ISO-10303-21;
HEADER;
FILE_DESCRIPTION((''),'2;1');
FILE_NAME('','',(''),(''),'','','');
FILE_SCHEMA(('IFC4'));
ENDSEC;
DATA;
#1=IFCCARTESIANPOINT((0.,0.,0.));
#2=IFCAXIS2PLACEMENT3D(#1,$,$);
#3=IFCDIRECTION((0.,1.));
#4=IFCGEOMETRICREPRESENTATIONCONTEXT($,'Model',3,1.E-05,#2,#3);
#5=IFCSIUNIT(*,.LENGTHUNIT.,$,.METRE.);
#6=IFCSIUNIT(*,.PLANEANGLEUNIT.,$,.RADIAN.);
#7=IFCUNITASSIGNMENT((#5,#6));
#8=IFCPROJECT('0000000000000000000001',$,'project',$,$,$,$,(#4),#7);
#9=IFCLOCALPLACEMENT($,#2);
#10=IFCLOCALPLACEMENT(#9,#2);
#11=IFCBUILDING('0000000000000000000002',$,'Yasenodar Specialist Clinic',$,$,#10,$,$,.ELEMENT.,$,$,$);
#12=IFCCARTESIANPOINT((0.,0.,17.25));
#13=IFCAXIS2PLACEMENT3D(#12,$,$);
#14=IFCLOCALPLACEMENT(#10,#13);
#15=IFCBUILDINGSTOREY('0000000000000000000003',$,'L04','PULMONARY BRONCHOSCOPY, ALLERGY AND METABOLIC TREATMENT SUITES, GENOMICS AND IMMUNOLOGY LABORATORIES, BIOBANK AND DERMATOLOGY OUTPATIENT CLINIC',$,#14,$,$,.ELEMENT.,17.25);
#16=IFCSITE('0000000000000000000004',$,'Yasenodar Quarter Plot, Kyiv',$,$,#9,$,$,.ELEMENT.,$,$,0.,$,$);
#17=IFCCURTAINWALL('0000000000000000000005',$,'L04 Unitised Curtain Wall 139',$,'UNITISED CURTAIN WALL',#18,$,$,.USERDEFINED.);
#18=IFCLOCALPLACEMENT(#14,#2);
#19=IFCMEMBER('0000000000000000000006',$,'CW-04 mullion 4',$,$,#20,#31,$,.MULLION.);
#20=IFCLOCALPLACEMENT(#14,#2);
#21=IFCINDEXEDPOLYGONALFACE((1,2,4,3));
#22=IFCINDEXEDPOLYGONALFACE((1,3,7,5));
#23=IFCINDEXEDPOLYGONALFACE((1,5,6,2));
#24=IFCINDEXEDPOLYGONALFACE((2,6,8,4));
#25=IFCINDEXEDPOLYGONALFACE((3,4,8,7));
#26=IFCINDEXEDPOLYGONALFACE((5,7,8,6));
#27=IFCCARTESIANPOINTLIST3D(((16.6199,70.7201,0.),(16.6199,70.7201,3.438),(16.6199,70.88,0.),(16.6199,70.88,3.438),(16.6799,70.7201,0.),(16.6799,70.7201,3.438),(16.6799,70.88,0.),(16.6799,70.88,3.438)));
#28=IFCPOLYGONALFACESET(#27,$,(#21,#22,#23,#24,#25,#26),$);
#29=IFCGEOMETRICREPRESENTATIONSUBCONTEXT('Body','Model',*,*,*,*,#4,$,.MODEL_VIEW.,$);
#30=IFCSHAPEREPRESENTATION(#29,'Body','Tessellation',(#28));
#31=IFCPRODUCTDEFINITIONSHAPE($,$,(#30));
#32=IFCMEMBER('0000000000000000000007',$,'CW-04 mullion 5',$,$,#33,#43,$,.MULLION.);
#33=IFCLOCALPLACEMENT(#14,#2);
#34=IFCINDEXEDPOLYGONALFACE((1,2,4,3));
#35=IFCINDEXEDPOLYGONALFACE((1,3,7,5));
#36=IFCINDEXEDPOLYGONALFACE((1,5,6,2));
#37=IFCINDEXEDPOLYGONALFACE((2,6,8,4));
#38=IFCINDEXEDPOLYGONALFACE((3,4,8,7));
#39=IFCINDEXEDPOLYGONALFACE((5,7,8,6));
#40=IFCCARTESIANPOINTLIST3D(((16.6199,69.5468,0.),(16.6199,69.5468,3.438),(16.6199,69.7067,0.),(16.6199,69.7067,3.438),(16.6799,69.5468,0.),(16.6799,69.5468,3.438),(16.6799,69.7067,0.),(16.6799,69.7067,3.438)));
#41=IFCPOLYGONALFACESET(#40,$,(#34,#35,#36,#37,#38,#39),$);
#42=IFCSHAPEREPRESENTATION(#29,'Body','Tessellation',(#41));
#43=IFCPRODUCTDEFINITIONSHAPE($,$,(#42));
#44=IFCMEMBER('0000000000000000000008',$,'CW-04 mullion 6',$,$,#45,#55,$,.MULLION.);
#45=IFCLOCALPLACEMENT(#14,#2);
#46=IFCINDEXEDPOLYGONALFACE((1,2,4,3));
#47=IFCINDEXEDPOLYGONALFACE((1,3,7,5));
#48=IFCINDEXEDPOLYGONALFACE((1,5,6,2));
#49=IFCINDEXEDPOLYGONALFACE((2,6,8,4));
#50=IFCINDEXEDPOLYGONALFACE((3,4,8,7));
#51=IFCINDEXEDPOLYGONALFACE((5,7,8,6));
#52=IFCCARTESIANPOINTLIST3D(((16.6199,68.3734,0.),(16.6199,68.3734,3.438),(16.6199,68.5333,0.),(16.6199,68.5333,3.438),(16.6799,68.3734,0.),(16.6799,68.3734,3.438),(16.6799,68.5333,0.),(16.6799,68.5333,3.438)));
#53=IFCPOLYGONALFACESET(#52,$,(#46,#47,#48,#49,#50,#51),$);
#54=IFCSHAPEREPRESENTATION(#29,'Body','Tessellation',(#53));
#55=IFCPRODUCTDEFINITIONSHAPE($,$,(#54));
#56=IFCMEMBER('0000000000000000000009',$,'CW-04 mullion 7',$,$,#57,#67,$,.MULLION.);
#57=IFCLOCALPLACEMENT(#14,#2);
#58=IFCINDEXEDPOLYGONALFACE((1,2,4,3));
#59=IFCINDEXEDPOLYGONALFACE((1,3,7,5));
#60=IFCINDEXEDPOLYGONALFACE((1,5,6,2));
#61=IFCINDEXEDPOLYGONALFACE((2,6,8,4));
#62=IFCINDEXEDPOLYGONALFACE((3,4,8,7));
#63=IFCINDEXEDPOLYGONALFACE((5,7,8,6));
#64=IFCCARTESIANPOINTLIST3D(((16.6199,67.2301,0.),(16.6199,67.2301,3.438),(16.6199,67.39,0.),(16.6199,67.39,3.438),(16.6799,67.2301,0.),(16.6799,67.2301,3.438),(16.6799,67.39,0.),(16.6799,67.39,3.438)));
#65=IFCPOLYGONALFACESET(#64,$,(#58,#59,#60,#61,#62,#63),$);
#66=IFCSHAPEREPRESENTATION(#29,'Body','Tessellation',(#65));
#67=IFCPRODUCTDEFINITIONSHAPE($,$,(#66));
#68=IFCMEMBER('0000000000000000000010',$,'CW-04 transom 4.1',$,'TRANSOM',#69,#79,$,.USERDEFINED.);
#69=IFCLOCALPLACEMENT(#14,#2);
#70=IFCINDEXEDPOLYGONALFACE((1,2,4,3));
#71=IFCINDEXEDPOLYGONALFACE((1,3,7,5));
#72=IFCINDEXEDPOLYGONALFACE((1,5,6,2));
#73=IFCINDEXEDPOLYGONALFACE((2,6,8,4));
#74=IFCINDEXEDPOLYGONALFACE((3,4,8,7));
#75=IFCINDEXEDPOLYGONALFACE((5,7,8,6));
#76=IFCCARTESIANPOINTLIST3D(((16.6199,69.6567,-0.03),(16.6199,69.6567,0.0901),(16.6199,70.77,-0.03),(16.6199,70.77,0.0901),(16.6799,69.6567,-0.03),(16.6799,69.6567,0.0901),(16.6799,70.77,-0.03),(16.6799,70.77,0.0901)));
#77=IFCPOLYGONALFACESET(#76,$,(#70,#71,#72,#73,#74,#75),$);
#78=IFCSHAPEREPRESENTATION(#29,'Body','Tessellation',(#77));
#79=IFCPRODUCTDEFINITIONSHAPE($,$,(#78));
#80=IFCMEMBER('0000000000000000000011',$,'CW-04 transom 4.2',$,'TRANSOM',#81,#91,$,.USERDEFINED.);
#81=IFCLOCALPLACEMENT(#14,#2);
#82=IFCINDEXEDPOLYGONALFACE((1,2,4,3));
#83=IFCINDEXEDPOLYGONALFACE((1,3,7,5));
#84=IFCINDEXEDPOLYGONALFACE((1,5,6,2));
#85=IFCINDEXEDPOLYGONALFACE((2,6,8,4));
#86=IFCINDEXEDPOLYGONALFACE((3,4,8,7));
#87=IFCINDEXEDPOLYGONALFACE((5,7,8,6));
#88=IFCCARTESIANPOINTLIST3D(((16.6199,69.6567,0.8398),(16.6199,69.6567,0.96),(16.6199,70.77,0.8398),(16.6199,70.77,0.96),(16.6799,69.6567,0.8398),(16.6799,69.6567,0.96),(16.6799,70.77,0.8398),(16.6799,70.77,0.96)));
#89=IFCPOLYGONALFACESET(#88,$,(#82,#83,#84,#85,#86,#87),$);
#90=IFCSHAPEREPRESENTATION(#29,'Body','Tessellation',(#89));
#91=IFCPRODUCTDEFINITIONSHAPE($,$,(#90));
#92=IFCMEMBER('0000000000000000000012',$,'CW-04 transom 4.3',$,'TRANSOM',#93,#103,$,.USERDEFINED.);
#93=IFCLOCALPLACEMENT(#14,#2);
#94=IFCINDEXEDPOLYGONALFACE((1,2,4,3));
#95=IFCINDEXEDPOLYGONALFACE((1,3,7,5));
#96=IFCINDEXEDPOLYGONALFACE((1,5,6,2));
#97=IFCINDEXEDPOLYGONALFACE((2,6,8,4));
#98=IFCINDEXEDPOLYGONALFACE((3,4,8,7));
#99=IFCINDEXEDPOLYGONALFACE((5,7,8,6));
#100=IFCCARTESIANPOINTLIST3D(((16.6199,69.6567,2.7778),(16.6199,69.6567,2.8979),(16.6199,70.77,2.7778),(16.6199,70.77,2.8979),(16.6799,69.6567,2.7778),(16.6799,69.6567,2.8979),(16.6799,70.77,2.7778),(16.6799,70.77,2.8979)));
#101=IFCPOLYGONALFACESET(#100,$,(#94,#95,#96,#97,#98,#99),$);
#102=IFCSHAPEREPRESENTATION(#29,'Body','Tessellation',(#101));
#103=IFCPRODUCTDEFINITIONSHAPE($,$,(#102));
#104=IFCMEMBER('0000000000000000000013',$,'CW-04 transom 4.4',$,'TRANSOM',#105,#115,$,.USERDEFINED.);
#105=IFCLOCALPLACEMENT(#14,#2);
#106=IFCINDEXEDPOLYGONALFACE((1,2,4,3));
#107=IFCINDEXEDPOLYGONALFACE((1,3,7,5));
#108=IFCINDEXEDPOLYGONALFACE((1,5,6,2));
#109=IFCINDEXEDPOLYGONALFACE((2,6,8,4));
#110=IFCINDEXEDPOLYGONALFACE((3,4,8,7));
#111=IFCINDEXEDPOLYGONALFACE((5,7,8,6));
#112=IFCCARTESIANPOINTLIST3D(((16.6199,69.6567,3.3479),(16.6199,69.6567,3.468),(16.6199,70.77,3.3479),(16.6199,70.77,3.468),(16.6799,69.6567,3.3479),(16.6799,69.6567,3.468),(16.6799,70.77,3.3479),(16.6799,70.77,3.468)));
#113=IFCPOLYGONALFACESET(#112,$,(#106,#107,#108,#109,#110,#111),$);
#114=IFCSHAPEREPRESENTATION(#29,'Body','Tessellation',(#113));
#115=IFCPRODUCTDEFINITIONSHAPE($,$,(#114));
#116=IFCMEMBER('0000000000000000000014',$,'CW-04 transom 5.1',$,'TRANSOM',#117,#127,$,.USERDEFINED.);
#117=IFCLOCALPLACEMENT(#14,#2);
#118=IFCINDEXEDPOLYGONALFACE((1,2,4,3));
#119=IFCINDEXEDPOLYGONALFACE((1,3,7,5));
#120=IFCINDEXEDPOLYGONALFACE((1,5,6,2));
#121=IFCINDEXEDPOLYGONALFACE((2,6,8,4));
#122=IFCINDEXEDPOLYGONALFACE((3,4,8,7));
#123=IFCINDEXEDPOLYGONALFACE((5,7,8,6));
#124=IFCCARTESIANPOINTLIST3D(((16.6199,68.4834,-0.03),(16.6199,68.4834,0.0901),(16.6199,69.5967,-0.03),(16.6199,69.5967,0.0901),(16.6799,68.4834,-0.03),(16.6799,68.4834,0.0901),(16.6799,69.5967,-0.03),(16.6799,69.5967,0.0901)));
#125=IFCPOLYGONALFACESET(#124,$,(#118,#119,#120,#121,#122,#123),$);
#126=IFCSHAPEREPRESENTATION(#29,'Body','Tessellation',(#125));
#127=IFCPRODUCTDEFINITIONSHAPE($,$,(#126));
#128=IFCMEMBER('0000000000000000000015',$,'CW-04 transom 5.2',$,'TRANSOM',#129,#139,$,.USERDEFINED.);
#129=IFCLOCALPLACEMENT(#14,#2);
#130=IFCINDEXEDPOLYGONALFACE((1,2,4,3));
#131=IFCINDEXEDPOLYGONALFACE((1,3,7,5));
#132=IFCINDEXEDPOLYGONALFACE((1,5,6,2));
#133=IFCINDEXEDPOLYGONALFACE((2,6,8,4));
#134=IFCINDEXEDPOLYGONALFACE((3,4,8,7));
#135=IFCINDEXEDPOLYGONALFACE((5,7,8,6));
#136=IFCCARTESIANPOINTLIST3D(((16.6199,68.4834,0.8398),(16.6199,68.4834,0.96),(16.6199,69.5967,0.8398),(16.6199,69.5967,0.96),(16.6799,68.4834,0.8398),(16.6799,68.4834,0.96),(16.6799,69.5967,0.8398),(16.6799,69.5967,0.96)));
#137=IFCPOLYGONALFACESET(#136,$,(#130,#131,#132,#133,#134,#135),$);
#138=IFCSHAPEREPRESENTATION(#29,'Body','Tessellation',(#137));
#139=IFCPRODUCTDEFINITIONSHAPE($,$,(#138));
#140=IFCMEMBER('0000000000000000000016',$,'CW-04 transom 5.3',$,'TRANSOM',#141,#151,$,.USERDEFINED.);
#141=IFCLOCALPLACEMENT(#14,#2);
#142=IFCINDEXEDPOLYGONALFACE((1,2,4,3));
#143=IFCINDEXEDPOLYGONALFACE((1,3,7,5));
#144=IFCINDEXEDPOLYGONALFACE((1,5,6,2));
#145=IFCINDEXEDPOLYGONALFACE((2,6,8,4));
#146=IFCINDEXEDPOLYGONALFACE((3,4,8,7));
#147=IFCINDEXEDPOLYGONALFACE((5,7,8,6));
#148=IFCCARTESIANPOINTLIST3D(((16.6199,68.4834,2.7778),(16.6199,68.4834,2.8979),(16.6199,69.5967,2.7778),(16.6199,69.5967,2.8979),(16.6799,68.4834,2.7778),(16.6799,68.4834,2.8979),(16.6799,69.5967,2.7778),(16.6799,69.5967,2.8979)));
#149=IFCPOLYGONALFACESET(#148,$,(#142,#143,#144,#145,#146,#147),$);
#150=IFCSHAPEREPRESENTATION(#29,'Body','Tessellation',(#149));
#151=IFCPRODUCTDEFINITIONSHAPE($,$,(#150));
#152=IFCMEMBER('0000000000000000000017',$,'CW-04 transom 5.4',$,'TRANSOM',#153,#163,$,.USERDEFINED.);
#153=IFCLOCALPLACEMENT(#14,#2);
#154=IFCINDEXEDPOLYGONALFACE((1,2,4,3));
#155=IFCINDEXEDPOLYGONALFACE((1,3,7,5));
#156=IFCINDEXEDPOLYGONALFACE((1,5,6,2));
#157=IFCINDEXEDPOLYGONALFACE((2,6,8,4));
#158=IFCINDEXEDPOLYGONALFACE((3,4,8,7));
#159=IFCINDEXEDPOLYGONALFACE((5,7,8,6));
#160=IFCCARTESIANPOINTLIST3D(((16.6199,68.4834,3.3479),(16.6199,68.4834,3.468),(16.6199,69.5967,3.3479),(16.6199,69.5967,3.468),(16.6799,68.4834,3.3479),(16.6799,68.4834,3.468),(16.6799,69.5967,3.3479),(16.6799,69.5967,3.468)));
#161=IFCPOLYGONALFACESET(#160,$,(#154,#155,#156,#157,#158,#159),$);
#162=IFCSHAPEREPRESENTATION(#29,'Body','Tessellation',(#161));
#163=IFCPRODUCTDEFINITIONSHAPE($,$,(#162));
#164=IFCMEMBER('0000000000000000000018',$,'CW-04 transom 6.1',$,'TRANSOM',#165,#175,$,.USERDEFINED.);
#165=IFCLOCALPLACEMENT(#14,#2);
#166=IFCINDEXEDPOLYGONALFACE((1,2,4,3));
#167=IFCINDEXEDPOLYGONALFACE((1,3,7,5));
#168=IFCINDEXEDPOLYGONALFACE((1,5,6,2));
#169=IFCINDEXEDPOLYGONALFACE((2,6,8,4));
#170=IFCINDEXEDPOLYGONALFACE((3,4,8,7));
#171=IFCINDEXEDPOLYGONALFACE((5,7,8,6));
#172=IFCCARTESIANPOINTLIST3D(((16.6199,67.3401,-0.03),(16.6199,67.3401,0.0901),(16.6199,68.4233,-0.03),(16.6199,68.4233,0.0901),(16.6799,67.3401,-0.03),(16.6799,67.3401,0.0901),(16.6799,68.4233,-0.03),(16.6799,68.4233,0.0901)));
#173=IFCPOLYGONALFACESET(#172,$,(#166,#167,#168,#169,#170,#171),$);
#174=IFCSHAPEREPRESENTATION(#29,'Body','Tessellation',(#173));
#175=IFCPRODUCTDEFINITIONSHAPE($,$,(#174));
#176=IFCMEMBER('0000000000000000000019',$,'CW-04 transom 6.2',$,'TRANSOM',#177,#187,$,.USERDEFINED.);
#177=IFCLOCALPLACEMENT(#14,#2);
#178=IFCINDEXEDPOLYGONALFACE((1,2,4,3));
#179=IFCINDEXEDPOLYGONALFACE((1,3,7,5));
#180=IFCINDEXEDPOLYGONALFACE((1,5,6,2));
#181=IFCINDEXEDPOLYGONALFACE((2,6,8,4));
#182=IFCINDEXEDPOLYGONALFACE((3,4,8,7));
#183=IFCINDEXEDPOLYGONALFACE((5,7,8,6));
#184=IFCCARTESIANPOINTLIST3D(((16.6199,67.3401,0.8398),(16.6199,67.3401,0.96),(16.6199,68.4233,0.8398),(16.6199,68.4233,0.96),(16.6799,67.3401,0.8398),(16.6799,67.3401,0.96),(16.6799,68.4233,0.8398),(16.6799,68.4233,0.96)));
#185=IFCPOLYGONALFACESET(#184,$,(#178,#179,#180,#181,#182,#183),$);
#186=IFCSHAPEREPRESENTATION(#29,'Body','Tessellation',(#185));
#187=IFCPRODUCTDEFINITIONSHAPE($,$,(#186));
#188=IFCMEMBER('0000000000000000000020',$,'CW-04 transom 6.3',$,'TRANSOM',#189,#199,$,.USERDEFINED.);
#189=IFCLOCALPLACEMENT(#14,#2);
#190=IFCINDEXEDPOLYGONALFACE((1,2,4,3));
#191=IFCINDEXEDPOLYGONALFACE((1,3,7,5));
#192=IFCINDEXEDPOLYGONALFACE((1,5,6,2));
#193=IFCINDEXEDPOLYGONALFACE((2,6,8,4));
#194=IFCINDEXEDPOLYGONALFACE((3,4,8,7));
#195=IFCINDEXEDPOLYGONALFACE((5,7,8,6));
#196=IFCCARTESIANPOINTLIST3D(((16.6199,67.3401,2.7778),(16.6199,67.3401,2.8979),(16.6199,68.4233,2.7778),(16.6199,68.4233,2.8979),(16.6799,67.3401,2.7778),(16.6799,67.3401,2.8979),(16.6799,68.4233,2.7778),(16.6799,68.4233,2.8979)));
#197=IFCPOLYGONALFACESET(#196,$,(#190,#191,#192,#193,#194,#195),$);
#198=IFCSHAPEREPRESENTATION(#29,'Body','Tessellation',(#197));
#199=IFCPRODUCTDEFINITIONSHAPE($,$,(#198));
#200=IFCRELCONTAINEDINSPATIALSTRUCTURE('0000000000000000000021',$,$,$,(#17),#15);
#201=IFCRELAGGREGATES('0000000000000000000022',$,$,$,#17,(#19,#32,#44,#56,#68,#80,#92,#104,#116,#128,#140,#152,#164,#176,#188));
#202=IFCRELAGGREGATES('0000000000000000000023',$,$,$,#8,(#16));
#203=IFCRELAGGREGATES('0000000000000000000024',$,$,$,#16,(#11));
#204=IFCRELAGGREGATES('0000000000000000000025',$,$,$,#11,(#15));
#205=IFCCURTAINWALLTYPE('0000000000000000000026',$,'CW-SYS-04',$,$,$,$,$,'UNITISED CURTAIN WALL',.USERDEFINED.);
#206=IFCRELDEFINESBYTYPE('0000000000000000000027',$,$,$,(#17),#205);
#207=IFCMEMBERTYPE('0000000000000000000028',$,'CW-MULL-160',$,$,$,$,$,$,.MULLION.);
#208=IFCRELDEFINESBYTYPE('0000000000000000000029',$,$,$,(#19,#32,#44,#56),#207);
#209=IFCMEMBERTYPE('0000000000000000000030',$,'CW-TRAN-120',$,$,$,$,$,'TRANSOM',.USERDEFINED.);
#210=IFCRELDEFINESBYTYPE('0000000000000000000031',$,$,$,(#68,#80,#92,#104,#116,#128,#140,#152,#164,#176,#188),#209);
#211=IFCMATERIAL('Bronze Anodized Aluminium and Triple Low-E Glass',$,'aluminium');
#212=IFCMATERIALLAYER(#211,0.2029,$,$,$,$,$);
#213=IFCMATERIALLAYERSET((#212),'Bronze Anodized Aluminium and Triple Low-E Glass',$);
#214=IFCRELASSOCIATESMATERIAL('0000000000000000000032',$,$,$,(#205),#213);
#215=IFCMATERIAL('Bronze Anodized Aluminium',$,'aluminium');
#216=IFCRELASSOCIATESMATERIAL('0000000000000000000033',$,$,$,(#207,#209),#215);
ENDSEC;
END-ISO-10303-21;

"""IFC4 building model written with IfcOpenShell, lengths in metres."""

from ifc_helpers import new_model, si_unit, direction, frame, origin, origin_2d, place, context, subcontext, project, spatial, rectangle, extrude, material, layer, layer_set, material_profile, profile_set, type_object, element, aggregate, save


model = new_model("IFC4")

# Units and contexts
model_context = context("Model", 3, precision=1e-05, world=origin(), true_north=direction((0.0, 1.0)))
body_context = subcontext(model_context, "Body", "Model", "MODEL_VIEW")
ifc_project = project(units=[si_unit("LENGTHUNIT", "METRE"), si_unit("PLANEANGLEUNIT", "RADIAN")], contexts=[model_context])

# Site, building, storey
site_placement = place(None, origin())
site = spatial("IfcSite", under=ifc_project, at=site_placement, Name="Yasenodar Quarter Plot, Kyiv", CompositionType="ELEMENT", RefElevation=0.0)
building_placement = place(site_placement, origin())
building = spatial("IfcBuilding", under=site, at=building_placement, Name="Yasenodar Specialist Clinic", CompositionType="ELEMENT")
storey_placement = place(building_placement, frame((0.0, 0.0, 17.25)))
storey = spatial("IfcBuildingStorey", under=building, at=storey_placement, Name="L04", Description="PULMONARY BRONCHOSCOPY, ALLERGY AND METABOLIC TREATMENT SUITES, GENOMICS AND IMMUNOLOGY LABORATORIES, BIOBANK AND DERMATOLOGY OUTPATIENT CLINIC", CompositionType="ELEMENT", Elevation=17.25)

# Curtain wall, members
ifc_material_1 = material(Name="Bronze Anodized Aluminium and Triple Low-E Glass", Category="aluminium")
ifc_layer_1 = layer(ifc_material_1, 0.2029)
ifc_layer_set_1 = layer_set([ifc_layer_1], Name="Bronze Anodized Aluminium and Triple Low-E Glass")
curtain_wall_type = type_object("IfcCurtainWallType", Name="CW-SYS-04", ElementType="UNITISED CURTAIN WALL", PredefinedType="USERDEFINED", material=ifc_layer_set_1)
curtain_wall_placement = place(storey_placement, origin())
curtain_wall = element("IfcCurtainWall", 1, at=curtain_wall_placement, inside=storey, type_object=curtain_wall_type, Name="L04 Unitised Curtain Wall 139", ObjectType="UNITISED CURTAIN WALL", PredefinedType="USERDEFINED")
ifc_material_2 = material(Name="Bronze Anodized Aluminium", Category="aluminium")
ifc_material_profile_1 = material_profile(ifc_material_2, rectangle(XDim=0.0601, YDim=0.1599, at=origin_2d()), Name="CW-MULL 60x160")
ifc_profile_set_1 = profile_set([ifc_material_profile_1], Name="Bronze Anodized Aluminium")
member_type_1 = type_object("IfcMemberType", Name="CW-MULL-160", PredefinedType="MULLION", material=ifc_profile_set_1)
member_1_placement = place(storey_placement, frame((16.6499, 70.8, 0.0), z_axis=(0.0, 0.0, 1.0), x_axis=(1.0, 0.0, 0.0)))
member_1 = element("IfcMember", 2, at=member_1_placement, type_object=member_type_1, Name="CW-04 mullion 4", PredefinedType="MULLION", context=body_context, shape_type="SweptSolid", body=[
    extrude(rectangle(XDim=0.0601, YDim=0.1599, at=origin_2d()), origin(), (0.0, 0.0, 1.0), 3.438),
])
member_2_placement = place(storey_placement, frame((16.6499, 69.6267, 0.0), z_axis=(0.0, 0.0, 1.0), x_axis=(1.0, 0.0, 0.0)))
member_2 = element("IfcMember", 3, at=member_2_placement, type_object=member_type_1, Name="CW-04 mullion 5", PredefinedType="MULLION", context=body_context, shape_type="SweptSolid", body=[
    extrude(rectangle(XDim=0.0601, YDim=0.1599, at=origin_2d()), origin(), (0.0, 0.0, 1.0), 3.438),
])
member_3_placement = place(storey_placement, frame((16.6499, 68.4534, 0.0), z_axis=(0.0, 0.0, 1.0), x_axis=(1.0, 0.0, 0.0)))
member_3 = element("IfcMember", 4, at=member_3_placement, type_object=member_type_1, Name="CW-04 mullion 6", PredefinedType="MULLION", context=body_context, shape_type="SweptSolid", body=[
    extrude(rectangle(XDim=0.0601, YDim=0.1599, at=origin_2d()), origin(), (0.0, 0.0, 1.0), 3.438),
])
member_4_placement = place(storey_placement, frame((16.6499, 67.3101, 0.0), z_axis=(0.0, 0.0, 1.0), x_axis=(1.0, 0.0, 0.0)))
member_4 = element("IfcMember", 5, at=member_4_placement, type_object=member_type_1, Name="CW-04 mullion 7", PredefinedType="MULLION", context=body_context, shape_type="SweptSolid", body=[
    extrude(rectangle(XDim=0.0601, YDim=0.1599, at=origin_2d()), origin(), (0.0, 0.0, 1.0), 3.438),
])
ifc_material_profile_2 = material_profile(ifc_material_2, rectangle(XDim=0.0601, YDim=0.1201, at=origin_2d()), Name="CW-TRAN 60x120")
ifc_profile_set_2 = profile_set([ifc_material_profile_2], Name="Bronze Anodized Aluminium")
member_type_2 = type_object("IfcMemberType", Name="CW-TRAN-120", ElementType="TRANSOM", PredefinedType="USERDEFINED", material=ifc_profile_set_2)
member_5_placement = place(storey_placement, frame((16.6499, 70.77, 0.03), z_axis=(0.0, -1.0, 0.0), x_axis=(1.0, 0.0, 0.0)))
member_5 = element("IfcMember", 6, at=member_5_placement, type_object=member_type_2, Name="CW-04 transom 4.1", ObjectType="TRANSOM", PredefinedType="USERDEFINED", context=body_context, shape_type="SweptSolid", body=[
    extrude(rectangle(XDim=0.0601, YDim=0.1201, at=origin_2d()), origin(), (0.0, 0.0, 1.0), 1.1133),
])
member_6_placement = place(storey_placement, frame((16.6499, 70.77, 0.8999), z_axis=(0.0, -1.0, 0.0), x_axis=(1.0, 0.0, 0.0)))
member_6 = element("IfcMember", 7, at=member_6_placement, type_object=member_type_2, Name="CW-04 transom 4.2", ObjectType="TRANSOM", PredefinedType="USERDEFINED", context=body_context, shape_type="SweptSolid", body=[
    extrude(rectangle(XDim=0.0601, YDim=0.1201, at=origin_2d()), origin(), (0.0, 0.0, 1.0), 1.1133),
])
member_7_placement = place(storey_placement, frame((16.6499, 70.77, 2.8379), z_axis=(0.0, -1.0, 0.0), x_axis=(1.0, 0.0, 0.0)))
member_7 = element("IfcMember", 8, at=member_7_placement, type_object=member_type_2, Name="CW-04 transom 4.3", ObjectType="TRANSOM", PredefinedType="USERDEFINED", context=body_context, shape_type="SweptSolid", body=[
    extrude(rectangle(XDim=0.0601, YDim=0.1201, at=origin_2d()), origin(), (0.0, 0.0, 1.0), 1.1133),
])
member_8_placement = place(storey_placement, frame((16.6499, 70.77, 3.408), z_axis=(0.0, -1.0, 0.0), x_axis=(1.0, 0.0, 0.0)))
member_8 = element("IfcMember", 9, at=member_8_placement, type_object=member_type_2, Name="CW-04 transom 4.4", ObjectType="TRANSOM", PredefinedType="USERDEFINED", context=body_context, shape_type="SweptSolid", body=[
    extrude(rectangle(XDim=0.0601, YDim=0.1201, at=origin_2d()), origin(), (0.0, 0.0, 1.0), 1.1133),
])
member_9_placement = place(storey_placement, frame((16.6499, 69.5967, 0.03), z_axis=(0.0, -1.0, 0.0), x_axis=(1.0, 0.0, 0.0)))
member_9 = element("IfcMember", 10, at=member_9_placement, type_object=member_type_2, Name="CW-04 transom 5.1", ObjectType="TRANSOM", PredefinedType="USERDEFINED", context=body_context, shape_type="SweptSolid", body=[
    extrude(rectangle(XDim=0.0601, YDim=0.1201, at=origin_2d()), origin(), (0.0, 0.0, 1.0), 1.1133),
])
member_10_placement = place(storey_placement, frame((16.6499, 69.5967, 0.8999), z_axis=(0.0, -1.0, 0.0), x_axis=(1.0, 0.0, 0.0)))
member_10 = element("IfcMember", 11, at=member_10_placement, type_object=member_type_2, Name="CW-04 transom 5.2", ObjectType="TRANSOM", PredefinedType="USERDEFINED", context=body_context, shape_type="SweptSolid", body=[
    extrude(rectangle(XDim=0.0601, YDim=0.1201, at=origin_2d()), origin(), (0.0, 0.0, 1.0), 1.1133),
])
member_11_placement = place(storey_placement, frame((16.6499, 69.5967, 2.8379), z_axis=(0.0, -1.0, 0.0), x_axis=(1.0, 0.0, 0.0)))
member_11 = element("IfcMember", 12, at=member_11_placement, type_object=member_type_2, Name="CW-04 transom 5.3", ObjectType="TRANSOM", PredefinedType="USERDEFINED", context=body_context, shape_type="SweptSolid", body=[
    extrude(rectangle(XDim=0.0601, YDim=0.1201, at=origin_2d()), origin(), (0.0, 0.0, 1.0), 1.1133),
])
member_12_placement = place(storey_placement, frame((16.6499, 69.5967, 3.408), z_axis=(0.0, -1.0, 0.0), x_axis=(1.0, 0.0, 0.0)))
member_12 = element("IfcMember", 13, at=member_12_placement, type_object=member_type_2, Name="CW-04 transom 5.4", ObjectType="TRANSOM", PredefinedType="USERDEFINED", context=body_context, shape_type="SweptSolid", body=[
    extrude(rectangle(XDim=0.0601, YDim=0.1201, at=origin_2d()), origin(), (0.0, 0.0, 1.0), 1.1133),
])
member_13_placement = place(storey_placement, frame((16.6499, 68.4233, 0.03), z_axis=(0.0, -1.0, 0.0), x_axis=(1.0, 0.0, 0.0)))
member_13 = element("IfcMember", 14, at=member_13_placement, type_object=member_type_2, Name="CW-04 transom 6.1", ObjectType="TRANSOM", PredefinedType="USERDEFINED", context=body_context, shape_type="SweptSolid", body=[
    extrude(rectangle(XDim=0.0601, YDim=0.1201, at=origin_2d()), origin(), (0.0, 0.0, 1.0), 1.0833),
])
member_14_placement = place(storey_placement, frame((16.6499, 68.4233, 0.8999), z_axis=(0.0, -1.0, 0.0), x_axis=(1.0, 0.0, 0.0)))
member_14 = element("IfcMember", 15, at=member_14_placement, type_object=member_type_2, Name="CW-04 transom 6.2", ObjectType="TRANSOM", PredefinedType="USERDEFINED", context=body_context, shape_type="SweptSolid", body=[
    extrude(rectangle(XDim=0.0601, YDim=0.1201, at=origin_2d()), origin(), (0.0, 0.0, 1.0), 1.0833),
])
member_15_placement = place(storey_placement, frame((16.6499, 68.4233, 2.8379), z_axis=(0.0, -1.0, 0.0), x_axis=(1.0, 0.0, 0.0)))
member_15 = element("IfcMember", 16, at=member_15_placement, type_object=member_type_2, Name="CW-04 transom 6.3", ObjectType="TRANSOM", PredefinedType="USERDEFINED", context=body_context, shape_type="SweptSolid", body=[
    extrude(rectangle(XDim=0.0601, YDim=0.1201, at=origin_2d()), origin(), (0.0, 0.0, 1.0), 1.0833),
])
aggregate(curtain_wall, [member_1, member_2, member_3, member_4, member_5, member_6, member_7, member_8, member_9, member_10, member_11, member_12, member_13, member_14, member_15])

save(model, "model.ifc")
